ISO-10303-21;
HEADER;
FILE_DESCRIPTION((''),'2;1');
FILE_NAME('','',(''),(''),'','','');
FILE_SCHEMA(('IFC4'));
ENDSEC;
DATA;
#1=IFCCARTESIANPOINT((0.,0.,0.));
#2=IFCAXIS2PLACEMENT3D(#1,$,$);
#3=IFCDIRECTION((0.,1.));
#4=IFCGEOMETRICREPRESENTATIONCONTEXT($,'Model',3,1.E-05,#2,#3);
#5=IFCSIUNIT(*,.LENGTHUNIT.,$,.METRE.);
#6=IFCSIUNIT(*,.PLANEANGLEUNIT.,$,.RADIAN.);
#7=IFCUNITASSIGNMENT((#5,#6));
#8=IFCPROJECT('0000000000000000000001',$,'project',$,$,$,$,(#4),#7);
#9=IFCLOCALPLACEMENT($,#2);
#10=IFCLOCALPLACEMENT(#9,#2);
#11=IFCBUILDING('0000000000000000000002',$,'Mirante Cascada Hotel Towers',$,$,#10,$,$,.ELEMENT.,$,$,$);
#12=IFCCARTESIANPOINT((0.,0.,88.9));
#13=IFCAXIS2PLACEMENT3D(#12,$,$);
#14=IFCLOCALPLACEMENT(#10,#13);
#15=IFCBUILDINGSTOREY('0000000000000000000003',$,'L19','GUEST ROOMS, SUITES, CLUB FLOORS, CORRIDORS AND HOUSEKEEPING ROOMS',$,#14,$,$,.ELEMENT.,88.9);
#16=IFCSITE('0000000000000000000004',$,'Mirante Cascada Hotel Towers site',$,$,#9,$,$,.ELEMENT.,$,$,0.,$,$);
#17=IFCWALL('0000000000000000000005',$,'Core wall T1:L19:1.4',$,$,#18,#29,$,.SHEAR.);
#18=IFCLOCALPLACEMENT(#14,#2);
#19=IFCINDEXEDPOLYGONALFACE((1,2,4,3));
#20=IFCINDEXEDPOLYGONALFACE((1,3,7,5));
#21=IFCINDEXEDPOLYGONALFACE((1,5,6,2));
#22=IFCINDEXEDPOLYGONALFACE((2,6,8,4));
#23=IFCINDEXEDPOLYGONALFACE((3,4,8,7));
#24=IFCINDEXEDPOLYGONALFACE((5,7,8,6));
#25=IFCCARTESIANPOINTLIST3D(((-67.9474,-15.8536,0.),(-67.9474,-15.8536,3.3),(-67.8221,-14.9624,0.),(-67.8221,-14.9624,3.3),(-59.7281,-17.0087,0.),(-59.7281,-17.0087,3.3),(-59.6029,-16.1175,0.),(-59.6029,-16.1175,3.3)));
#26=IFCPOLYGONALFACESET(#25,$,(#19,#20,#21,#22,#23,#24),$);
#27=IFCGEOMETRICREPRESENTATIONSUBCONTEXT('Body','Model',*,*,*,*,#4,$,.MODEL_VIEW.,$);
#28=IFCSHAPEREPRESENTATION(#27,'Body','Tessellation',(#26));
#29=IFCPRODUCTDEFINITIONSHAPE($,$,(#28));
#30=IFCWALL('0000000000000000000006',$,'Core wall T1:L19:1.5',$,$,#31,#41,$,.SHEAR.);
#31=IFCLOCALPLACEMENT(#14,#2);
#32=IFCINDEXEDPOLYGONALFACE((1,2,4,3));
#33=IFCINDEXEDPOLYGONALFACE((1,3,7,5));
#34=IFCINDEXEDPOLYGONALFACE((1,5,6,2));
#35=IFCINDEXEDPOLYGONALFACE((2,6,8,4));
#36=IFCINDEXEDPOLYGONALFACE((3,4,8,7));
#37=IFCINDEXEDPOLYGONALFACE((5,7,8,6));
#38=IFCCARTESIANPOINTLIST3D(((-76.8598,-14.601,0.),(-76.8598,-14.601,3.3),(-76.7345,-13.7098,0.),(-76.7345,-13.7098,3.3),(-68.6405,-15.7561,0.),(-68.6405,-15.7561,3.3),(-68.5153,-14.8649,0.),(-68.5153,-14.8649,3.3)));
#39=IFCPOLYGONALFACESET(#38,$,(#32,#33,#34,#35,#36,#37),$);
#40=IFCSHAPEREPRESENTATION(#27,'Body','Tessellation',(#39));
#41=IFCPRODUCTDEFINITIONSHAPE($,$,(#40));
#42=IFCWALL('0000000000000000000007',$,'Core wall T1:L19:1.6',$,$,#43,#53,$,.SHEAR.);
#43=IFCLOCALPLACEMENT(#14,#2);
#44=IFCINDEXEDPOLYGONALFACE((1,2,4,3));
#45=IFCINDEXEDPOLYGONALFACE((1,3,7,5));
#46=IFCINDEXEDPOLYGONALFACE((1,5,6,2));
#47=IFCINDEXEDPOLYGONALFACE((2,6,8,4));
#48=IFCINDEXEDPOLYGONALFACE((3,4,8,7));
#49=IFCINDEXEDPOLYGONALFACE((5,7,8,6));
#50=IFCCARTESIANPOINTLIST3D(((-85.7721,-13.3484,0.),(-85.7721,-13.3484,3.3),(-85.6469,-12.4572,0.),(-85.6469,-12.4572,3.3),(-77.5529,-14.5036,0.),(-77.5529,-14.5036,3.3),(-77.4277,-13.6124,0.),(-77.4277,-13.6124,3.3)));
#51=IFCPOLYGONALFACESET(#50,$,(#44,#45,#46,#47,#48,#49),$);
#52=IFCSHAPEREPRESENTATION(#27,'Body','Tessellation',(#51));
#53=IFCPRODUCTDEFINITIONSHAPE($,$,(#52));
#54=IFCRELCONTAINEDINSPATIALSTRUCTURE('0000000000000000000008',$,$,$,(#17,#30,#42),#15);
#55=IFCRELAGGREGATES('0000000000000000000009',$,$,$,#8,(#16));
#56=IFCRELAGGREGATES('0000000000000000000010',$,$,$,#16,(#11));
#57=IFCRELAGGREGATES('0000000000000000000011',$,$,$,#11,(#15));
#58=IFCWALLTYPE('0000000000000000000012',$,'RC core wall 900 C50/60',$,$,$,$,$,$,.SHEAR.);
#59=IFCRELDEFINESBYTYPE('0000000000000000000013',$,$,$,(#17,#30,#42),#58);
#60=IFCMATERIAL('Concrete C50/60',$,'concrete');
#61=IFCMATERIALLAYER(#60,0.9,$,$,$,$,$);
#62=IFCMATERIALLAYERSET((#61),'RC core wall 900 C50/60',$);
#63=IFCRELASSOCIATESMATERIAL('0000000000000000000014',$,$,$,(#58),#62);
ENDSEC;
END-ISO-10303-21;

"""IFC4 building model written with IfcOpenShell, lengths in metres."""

from ifc_helpers import new_model, si_unit, direction, frame, frame_2d, origin, place, context, subcontext, project, spatial, rectangle, extrude, material, layer, layer_set, type_object, element, save


model = new_model("IFC4")

# Units and contexts
model_context = context("Model", 3, precision=1e-05, world=origin(), true_north=direction((0.0, 1.0)))
body_context = subcontext(model_context, "Body", "Model", "MODEL_VIEW")
ifc_project = project(units=[si_unit("LENGTHUNIT", "METRE"), si_unit("PLANEANGLEUNIT", "RADIAN")], contexts=[model_context])

# Site, building, storey
site_placement = place(None, origin())
site = spatial("IfcSite", under=ifc_project, at=site_placement, Name="Mirante Cascada Hotel Towers site", CompositionType="ELEMENT", RefElevation=0.0)
building_placement = place(site_placement, origin())
building = spatial("IfcBuilding", under=site, at=building_placement, Name="Mirante Cascada Hotel Towers", CompositionType="ELEMENT")
storey_placement = place(building_placement, frame((0.0, 0.0, 88.9)))
storey = spatial("IfcBuildingStorey", under=building, at=storey_placement, Name="L19", Description="GUEST ROOMS, SUITES, CLUB FLOORS, CORRIDORS AND HOUSEKEEPING ROOMS", CompositionType="ELEMENT", Elevation=88.9)

# Walls
ifc_material_1 = material(Name="Concrete C50/60", Category="concrete")
ifc_layer_1 = layer(ifc_material_1, 0.9)
ifc_layer_set_1 = layer_set([ifc_layer_1], Name="RC core wall 900 C50/60")
wall_type_1 = type_object("IfcWallType", Name="RC core wall 900 C50/60", PredefinedType="SHEAR", material=ifc_layer_set_1)
for number, where, z_axis, x_axis, name in (
    (1, (-59.6655, -16.5631, 0.0), (0.0, 0.0, 1.0), (-0.990269, 0.139169, 0.0), "Core wall T1:L19:1.4"),
    (2, (-68.5779, -15.3105, 0.0), (0.0, 0.0, 1.0), (-0.990269, 0.139169, 0.0), "Core wall T1:L19:1.5"),
    (3, (-77.4903, -14.058, 0.0), (0.0, 0.0, 1.0), (-0.990267, 0.139181, 0.0), "Core wall T1:L19:1.6"),
):
    element("IfcWall", number, at=place(storey_placement, frame(where, z_axis=z_axis, x_axis=x_axis)), inside=storey, type_object=wall_type_1, Name=name, PredefinedType="SHEAR", context=body_context, shape_type="SweptSolid", body=[
        extrude(rectangle(XDim=8.3, YDim=0.9, at=frame_2d((4.15, 0.0))), origin(), (0.0, 0.0, 1.0), 3.3),
    ])

save(model, "model.ifc")
